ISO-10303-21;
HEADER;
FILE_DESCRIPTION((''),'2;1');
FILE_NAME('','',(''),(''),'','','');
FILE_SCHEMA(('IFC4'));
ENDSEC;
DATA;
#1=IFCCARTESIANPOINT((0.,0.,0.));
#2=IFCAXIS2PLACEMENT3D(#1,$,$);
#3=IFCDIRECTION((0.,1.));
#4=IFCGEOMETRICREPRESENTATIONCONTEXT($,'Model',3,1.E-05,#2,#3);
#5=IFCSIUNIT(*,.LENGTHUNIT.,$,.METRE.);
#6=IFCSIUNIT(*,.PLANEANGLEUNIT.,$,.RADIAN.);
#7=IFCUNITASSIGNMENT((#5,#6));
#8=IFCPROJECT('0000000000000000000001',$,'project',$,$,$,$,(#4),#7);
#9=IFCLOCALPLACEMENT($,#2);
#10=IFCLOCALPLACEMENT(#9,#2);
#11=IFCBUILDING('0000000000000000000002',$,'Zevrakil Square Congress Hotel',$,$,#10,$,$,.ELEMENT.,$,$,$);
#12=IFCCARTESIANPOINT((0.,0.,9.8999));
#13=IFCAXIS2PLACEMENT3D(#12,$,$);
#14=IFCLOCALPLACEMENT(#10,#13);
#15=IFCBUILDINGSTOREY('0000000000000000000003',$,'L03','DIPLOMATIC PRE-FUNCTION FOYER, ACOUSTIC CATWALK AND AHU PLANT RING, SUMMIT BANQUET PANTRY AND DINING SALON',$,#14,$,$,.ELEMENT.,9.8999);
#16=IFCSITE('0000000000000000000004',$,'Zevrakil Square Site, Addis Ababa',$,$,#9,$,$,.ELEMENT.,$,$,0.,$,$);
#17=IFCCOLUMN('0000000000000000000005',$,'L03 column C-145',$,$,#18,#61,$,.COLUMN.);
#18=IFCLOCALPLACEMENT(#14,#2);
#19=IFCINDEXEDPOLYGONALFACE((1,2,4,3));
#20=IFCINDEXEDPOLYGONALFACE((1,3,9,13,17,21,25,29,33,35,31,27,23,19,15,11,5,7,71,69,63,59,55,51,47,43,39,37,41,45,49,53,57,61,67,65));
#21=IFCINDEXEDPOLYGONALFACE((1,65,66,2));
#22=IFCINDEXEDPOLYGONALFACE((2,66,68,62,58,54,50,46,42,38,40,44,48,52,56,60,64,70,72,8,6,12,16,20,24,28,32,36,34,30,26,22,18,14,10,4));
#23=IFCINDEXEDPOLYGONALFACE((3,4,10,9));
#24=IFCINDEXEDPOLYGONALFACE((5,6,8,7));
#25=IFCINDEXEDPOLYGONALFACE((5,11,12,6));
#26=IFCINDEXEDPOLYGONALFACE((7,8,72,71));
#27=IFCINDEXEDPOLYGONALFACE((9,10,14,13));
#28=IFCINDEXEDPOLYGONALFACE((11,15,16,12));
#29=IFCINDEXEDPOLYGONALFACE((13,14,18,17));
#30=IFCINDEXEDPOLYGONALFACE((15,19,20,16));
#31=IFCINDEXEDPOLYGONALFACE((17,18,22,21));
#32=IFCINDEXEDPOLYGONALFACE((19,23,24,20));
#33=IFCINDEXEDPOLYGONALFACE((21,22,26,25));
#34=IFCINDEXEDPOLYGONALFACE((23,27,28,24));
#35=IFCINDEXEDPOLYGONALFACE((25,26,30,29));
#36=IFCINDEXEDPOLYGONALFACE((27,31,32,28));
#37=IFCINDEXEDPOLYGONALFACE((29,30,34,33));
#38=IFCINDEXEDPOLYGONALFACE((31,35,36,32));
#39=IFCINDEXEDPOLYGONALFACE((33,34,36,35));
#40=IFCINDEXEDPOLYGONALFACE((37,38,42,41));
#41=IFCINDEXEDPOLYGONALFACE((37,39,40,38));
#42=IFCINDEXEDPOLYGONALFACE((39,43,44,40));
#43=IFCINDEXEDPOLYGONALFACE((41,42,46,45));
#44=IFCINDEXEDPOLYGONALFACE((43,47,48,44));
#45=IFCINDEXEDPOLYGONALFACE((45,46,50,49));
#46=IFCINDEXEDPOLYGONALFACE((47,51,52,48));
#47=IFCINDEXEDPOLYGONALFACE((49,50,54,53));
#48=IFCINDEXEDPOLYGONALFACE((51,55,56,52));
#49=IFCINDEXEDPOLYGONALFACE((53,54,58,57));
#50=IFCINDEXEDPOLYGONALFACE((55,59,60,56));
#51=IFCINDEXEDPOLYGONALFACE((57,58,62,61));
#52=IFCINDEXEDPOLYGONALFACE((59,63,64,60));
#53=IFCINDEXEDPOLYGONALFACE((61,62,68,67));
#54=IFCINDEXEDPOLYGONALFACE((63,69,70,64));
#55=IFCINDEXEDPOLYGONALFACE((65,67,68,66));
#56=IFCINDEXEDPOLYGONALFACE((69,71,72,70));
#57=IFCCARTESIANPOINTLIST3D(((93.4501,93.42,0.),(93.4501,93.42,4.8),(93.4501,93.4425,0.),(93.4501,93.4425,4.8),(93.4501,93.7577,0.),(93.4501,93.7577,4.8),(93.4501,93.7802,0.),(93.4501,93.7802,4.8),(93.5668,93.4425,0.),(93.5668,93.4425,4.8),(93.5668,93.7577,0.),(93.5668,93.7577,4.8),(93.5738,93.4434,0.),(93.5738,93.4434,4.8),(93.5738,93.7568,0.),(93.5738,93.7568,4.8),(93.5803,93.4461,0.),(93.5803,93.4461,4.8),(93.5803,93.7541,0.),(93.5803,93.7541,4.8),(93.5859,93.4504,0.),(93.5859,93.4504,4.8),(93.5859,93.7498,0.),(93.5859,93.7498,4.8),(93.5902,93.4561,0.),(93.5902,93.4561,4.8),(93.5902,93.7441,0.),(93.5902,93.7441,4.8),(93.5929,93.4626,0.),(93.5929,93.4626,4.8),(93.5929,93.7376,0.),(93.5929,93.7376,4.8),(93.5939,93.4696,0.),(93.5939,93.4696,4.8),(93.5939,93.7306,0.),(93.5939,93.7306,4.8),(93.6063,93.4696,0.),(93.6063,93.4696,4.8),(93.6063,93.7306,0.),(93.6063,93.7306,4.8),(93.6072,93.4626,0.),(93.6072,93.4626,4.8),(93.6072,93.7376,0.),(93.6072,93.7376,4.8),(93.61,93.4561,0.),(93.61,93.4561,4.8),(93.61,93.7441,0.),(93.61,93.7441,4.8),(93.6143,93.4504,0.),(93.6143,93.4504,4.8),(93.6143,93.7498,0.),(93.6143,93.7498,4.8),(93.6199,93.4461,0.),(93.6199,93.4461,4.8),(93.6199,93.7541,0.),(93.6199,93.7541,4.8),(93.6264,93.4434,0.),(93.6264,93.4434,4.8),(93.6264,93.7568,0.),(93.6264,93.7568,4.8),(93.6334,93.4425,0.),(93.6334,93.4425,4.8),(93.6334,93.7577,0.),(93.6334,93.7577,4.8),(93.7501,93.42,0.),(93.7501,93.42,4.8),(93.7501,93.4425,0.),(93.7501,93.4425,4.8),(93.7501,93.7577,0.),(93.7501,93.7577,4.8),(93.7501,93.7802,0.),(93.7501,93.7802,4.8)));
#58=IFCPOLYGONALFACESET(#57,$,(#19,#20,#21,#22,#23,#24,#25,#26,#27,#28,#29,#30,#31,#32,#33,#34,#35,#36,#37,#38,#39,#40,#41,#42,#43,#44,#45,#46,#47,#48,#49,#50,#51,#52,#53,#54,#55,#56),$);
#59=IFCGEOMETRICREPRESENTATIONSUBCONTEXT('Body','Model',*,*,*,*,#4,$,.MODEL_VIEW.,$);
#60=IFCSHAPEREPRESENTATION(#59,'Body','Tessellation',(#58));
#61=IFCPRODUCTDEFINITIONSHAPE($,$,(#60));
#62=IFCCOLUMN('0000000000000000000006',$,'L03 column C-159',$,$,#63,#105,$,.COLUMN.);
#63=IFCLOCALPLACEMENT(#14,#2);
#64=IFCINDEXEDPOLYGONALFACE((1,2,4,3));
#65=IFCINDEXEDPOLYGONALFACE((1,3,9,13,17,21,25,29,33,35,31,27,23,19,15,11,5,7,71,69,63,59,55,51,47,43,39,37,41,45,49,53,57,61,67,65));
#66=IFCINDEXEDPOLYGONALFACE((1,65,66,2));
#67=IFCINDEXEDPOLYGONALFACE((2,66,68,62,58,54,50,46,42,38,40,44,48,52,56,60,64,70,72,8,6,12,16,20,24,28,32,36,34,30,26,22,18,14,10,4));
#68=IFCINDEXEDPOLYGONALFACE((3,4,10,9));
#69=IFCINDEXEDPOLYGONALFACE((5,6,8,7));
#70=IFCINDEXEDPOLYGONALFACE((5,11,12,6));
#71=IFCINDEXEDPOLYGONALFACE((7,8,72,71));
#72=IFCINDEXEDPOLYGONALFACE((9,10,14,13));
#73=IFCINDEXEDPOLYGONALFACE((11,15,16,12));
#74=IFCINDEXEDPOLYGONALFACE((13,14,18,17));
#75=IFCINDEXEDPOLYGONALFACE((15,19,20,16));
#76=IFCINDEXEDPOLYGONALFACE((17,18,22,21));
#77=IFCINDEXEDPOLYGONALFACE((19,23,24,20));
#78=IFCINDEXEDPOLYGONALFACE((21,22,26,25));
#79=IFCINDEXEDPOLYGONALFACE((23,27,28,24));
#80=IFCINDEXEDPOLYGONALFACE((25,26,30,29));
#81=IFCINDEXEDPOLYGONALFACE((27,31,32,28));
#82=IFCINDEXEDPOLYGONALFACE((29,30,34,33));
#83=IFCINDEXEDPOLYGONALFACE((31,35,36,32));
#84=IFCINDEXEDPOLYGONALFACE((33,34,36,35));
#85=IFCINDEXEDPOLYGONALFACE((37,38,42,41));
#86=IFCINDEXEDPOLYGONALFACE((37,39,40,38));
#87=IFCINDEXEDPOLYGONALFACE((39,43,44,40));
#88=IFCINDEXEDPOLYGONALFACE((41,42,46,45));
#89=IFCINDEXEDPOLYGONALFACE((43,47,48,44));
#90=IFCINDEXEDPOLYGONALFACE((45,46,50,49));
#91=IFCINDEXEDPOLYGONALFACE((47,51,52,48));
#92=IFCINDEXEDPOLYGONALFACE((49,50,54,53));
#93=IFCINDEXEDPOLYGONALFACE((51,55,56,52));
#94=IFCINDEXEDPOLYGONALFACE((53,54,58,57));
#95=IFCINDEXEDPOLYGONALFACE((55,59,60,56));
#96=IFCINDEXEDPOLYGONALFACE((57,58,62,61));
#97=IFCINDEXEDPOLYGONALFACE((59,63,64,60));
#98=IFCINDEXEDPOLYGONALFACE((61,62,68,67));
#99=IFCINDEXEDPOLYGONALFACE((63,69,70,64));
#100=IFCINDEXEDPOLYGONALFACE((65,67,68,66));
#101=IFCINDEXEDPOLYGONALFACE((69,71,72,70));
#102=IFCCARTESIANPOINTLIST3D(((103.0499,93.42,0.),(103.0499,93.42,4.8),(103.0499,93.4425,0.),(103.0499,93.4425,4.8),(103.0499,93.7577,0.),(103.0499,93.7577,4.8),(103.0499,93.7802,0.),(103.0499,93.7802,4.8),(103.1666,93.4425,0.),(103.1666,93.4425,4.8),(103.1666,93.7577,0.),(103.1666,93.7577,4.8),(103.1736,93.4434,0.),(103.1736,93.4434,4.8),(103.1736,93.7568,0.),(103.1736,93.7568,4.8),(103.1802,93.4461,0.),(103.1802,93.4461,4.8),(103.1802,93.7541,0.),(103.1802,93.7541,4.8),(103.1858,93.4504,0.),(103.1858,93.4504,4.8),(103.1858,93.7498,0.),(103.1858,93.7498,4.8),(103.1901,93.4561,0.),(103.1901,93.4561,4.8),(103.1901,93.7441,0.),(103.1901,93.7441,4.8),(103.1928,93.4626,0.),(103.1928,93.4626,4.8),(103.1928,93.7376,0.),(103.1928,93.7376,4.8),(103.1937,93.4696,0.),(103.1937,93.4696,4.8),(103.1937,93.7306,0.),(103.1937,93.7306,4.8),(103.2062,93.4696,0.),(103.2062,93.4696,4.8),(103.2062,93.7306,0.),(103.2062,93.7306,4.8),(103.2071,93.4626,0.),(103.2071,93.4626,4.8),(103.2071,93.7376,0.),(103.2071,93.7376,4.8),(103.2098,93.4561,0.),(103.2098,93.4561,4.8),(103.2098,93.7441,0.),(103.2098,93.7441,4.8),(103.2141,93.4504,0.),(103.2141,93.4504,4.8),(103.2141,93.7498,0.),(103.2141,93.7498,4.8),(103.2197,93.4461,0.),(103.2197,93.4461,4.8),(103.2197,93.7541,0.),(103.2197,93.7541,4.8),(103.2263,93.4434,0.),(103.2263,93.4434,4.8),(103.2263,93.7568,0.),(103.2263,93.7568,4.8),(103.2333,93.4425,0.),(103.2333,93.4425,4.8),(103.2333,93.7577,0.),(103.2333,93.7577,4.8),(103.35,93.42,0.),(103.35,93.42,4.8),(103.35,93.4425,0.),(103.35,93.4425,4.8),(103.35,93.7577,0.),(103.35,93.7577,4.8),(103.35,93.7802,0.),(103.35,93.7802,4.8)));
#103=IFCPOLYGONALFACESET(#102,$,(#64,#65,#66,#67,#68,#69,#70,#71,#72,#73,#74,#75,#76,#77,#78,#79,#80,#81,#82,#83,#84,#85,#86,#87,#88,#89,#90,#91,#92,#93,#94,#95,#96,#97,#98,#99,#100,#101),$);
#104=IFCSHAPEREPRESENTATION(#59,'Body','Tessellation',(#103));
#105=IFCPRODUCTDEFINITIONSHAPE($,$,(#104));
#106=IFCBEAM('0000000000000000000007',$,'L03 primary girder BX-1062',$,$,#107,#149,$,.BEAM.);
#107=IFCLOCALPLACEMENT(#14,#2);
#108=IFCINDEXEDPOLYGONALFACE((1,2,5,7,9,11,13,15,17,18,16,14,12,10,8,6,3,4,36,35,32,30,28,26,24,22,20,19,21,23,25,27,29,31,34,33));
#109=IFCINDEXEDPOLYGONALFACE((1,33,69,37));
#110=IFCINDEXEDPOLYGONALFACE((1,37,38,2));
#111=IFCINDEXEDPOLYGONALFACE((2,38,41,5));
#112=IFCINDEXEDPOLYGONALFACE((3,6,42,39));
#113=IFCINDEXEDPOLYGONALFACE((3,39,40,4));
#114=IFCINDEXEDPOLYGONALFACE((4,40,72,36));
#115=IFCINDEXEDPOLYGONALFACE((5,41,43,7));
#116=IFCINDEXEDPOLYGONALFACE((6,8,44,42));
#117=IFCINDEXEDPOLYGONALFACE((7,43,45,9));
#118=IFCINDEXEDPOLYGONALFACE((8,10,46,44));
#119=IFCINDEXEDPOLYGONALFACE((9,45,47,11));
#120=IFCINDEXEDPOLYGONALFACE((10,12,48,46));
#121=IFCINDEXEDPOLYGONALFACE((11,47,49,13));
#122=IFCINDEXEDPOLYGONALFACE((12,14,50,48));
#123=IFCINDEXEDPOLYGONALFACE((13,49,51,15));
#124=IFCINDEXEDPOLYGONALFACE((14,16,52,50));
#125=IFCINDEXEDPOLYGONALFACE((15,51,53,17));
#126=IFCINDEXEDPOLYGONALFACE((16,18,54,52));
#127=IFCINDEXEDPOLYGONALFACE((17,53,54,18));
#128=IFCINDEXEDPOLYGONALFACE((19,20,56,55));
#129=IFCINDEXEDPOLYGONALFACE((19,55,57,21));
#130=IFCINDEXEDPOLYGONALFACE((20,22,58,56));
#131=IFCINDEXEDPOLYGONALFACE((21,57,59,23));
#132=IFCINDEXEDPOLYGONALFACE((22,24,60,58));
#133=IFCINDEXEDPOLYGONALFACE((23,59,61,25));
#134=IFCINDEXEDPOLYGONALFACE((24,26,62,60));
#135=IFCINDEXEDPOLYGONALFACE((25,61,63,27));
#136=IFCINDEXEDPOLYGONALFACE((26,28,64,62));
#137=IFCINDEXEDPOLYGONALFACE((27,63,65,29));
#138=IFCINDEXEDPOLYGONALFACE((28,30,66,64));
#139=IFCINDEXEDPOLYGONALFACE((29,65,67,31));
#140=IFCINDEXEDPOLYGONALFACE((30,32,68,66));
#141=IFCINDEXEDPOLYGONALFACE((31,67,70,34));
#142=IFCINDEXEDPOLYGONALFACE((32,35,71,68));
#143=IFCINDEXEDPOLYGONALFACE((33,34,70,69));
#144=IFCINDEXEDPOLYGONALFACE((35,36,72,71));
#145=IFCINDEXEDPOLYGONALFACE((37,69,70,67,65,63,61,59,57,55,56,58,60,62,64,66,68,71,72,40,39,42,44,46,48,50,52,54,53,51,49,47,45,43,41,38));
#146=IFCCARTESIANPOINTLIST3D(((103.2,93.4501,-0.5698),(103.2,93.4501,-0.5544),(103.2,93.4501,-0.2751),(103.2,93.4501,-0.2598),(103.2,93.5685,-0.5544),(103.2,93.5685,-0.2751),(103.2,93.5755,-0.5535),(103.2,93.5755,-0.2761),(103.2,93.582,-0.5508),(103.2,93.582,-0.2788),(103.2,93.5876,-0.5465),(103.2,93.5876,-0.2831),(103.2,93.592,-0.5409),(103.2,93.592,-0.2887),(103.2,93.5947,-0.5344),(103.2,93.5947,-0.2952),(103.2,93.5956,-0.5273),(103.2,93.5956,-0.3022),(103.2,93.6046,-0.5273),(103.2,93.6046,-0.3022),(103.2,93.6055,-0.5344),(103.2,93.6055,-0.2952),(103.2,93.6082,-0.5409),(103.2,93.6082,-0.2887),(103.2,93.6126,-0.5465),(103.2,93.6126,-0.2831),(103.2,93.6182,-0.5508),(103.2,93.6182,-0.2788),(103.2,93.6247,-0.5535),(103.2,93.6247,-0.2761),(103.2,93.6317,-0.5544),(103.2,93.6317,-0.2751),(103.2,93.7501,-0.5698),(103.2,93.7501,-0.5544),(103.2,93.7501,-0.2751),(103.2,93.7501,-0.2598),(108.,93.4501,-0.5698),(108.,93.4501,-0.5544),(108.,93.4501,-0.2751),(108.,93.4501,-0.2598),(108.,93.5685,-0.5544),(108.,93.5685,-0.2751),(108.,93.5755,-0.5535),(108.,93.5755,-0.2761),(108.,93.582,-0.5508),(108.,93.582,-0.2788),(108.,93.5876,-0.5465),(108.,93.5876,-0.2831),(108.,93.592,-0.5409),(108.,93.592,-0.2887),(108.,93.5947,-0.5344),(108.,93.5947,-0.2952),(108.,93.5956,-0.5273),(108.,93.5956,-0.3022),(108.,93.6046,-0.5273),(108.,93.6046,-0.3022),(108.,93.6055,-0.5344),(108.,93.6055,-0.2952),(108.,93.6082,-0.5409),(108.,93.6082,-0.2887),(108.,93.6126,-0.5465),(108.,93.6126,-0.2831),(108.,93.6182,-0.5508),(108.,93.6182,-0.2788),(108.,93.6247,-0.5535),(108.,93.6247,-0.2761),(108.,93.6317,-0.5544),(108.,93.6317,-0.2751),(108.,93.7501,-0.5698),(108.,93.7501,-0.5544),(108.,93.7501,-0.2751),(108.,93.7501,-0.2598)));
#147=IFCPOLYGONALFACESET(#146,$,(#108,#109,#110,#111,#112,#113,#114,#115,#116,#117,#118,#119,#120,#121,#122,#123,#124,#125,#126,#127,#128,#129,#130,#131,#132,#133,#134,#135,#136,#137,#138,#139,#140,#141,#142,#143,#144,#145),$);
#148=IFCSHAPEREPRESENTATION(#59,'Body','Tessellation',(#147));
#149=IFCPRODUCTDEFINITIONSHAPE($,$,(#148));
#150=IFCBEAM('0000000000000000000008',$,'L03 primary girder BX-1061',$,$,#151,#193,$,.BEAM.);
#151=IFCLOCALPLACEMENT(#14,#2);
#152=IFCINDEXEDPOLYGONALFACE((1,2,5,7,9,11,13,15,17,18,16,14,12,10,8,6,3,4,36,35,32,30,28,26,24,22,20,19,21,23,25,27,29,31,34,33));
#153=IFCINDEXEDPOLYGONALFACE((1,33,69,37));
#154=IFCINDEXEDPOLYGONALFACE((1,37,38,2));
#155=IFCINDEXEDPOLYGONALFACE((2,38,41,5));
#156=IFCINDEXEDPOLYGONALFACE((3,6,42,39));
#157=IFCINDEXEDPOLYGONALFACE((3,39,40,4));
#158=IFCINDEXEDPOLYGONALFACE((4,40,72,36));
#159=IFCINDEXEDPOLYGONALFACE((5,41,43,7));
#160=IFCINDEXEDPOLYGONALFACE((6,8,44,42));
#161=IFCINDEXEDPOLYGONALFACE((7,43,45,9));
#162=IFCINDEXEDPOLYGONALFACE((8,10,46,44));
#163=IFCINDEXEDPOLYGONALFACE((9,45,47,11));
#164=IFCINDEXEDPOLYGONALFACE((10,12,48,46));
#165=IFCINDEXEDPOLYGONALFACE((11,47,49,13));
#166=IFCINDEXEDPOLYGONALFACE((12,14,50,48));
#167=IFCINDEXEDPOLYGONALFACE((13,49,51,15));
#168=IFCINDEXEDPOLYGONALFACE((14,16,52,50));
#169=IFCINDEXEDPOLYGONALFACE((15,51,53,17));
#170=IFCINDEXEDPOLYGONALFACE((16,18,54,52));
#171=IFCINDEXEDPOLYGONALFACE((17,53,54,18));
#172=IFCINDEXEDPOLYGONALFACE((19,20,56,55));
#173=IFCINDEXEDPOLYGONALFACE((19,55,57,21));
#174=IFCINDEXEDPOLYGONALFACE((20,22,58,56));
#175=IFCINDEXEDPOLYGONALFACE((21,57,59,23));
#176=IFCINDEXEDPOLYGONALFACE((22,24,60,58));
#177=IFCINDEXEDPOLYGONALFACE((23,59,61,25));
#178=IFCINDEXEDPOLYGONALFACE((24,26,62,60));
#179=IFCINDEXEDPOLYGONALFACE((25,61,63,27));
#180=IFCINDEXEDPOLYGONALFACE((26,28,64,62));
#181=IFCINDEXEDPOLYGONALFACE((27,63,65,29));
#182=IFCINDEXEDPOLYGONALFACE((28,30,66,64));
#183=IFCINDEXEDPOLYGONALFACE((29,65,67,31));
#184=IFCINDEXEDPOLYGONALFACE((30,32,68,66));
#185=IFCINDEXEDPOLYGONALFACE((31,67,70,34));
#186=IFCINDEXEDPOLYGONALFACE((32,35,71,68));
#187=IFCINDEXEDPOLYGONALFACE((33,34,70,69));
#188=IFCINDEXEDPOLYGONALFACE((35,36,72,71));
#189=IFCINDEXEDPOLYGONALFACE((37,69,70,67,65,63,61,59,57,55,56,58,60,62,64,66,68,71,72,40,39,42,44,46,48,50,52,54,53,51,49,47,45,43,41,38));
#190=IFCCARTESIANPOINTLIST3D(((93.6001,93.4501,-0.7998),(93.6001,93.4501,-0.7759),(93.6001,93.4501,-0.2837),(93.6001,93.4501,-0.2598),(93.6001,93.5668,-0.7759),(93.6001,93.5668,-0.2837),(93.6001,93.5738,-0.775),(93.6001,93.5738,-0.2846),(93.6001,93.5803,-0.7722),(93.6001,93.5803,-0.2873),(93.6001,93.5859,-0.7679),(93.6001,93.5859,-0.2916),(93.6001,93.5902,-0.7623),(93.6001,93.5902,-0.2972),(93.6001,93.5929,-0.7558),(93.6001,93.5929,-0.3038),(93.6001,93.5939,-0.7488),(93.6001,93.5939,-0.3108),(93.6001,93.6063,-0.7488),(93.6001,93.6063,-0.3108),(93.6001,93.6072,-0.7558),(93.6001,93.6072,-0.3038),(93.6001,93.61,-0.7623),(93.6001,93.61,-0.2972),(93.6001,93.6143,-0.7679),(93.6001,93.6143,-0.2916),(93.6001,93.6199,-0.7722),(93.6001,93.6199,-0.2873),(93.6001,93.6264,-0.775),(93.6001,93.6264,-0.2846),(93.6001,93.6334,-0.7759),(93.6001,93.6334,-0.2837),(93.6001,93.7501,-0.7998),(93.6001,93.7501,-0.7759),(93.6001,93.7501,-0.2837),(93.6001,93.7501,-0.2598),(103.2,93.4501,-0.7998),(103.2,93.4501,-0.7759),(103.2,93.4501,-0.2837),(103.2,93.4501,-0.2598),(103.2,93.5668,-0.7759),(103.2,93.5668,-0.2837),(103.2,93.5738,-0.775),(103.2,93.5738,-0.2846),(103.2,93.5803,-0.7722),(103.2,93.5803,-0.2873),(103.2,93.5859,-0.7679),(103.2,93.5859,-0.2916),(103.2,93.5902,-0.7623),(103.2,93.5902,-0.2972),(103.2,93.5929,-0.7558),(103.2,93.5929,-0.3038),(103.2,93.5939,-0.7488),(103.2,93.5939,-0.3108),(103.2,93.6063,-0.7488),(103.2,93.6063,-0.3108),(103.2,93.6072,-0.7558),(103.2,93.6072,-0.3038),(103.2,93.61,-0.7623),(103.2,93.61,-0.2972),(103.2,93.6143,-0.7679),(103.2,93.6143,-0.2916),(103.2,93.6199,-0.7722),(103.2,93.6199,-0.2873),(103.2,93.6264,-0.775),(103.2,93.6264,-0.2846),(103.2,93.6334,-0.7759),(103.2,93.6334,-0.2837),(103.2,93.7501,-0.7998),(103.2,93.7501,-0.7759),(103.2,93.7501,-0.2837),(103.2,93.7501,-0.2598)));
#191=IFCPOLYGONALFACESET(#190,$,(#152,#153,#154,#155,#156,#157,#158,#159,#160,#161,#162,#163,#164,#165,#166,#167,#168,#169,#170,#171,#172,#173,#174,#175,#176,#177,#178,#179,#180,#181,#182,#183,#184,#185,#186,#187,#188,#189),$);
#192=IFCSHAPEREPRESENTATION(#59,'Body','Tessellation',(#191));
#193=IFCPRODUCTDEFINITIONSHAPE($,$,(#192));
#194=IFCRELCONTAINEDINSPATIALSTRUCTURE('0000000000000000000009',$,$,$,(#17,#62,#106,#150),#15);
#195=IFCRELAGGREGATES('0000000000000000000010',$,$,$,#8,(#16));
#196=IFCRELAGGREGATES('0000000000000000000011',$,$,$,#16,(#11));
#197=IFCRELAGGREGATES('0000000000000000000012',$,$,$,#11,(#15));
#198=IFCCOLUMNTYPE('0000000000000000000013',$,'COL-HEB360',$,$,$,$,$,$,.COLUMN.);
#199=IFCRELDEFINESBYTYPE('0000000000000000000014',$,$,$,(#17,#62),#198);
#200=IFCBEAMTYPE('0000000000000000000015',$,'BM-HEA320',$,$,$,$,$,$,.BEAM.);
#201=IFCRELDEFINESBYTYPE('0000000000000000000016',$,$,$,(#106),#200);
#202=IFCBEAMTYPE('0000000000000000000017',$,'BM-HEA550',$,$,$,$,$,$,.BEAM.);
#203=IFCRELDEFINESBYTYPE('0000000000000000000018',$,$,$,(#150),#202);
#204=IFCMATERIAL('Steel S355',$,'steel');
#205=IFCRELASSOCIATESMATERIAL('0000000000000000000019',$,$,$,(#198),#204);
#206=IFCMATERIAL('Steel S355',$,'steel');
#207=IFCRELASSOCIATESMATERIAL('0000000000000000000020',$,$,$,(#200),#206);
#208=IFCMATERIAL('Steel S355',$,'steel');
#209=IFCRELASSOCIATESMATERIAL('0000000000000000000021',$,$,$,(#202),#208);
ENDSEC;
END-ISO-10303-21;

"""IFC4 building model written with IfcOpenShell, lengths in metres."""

from ifc_helpers import new_model, si_unit, direction, frame, origin, origin_2d, place, context, subcontext, project, spatial, i_section, extrude, material, material_profile, profile_set, type_object, element, save


model = new_model("IFC4")

# Units and contexts
model_context = context("Model", 3, precision=1e-05, world=origin(), true_north=direction((0.0, 1.0)))
body_context = subcontext(model_context, "Body", "Model", "MODEL_VIEW")
ifc_project = project(units=[si_unit("LENGTHUNIT", "METRE"), si_unit("PLANEANGLEUNIT", "RADIAN")], contexts=[model_context])

# Site, building, storey
site_placement = place(None, origin())
site = spatial("IfcSite", under=ifc_project, at=site_placement, Name="Zevrakil Square Site, Addis Ababa", CompositionType="ELEMENT", RefElevation=0.0)
building_placement = place(site_placement, origin())
building = spatial("IfcBuilding", under=site, at=building_placement, Name="Zevrakil Square Congress Hotel", CompositionType="ELEMENT")
storey_placement = place(building_placement, frame((0.0, 0.0, 9.8999)))
storey = spatial("IfcBuildingStorey", under=building, at=storey_placement, Name="L03", Description="DIPLOMATIC PRE-FUNCTION FOYER, ACOUSTIC CATWALK AND AHU PLANT RING, SUMMIT BANQUET PANTRY AND DINING SALON", CompositionType="ELEMENT", Elevation=9.8999)

# Columns
ifc_material_1 = material(Name="Steel S355", Category="steel")
ifc_material_profile_1 = material_profile(ifc_material_1, i_section(OverallWidth=0.3, OverallDepth=0.3601, WebThickness=0.0125, FlangeThickness=0.0225, FilletRadius=0.0271, at=origin_2d()), Name="HEB 360")
ifc_profile_set_1 = profile_set([ifc_material_profile_1], Name="Steel S355")
column_type = type_object("IfcColumnType", Name="COL-HEB360", PredefinedType="COLUMN", material=ifc_profile_set_1)
for number, where, z_axis, x_axis, name in (
    (1, (93.6001, 93.6001, 0.0), (0.0, 0.0, 1.0), (1.0, 0.0, 0.0), "L03 column C-145"),
    (2, (103.2, 93.6001, 0.0), (0.0, 0.0, 1.0), (1.0, 0.0, 0.0), "L03 column C-159"),
):
    element("IfcColumn", number, at=place(storey_placement, frame(where, z_axis=z_axis, x_axis=x_axis)), inside=storey, type_object=column_type, Name=name, PredefinedType="COLUMN", context=body_context, shape_type="SweptSolid", body=[
        extrude(i_section(OverallWidth=0.3, OverallDepth=0.3601, WebThickness=0.0125, FlangeThickness=0.0225, FilletRadius=0.0271, at=origin_2d()), origin(), (0.0, 0.0, 1.0), 4.8),
    ])

# Beams
ifc_material_2 = material(Name="Steel S355", Category="steel")
ifc_material_profile_2 = material_profile(ifc_material_2, i_section(OverallWidth=0.3, OverallDepth=0.3101, WebThickness=0.009, FlangeThickness=0.0154, FilletRadius=0.0271, at=origin_2d()), Name="HEA 320")
ifc_profile_set_2 = profile_set([ifc_material_profile_2], Name="Steel S355")
beam_type_1 = type_object("IfcBeamType", Name="BM-HEA320", PredefinedType="BEAM", material=ifc_profile_set_2)
beam_1_placement = place(storey_placement, frame((103.2, 93.6001, -0.4148), z_axis=(1.0, 0.0, 0.0), x_axis=(0.0, 1.0, 0.0)))
element("IfcBeam", 3, at=beam_1_placement, inside=storey, type_object=beam_type_1, Name="L03 primary girder BX-1062", PredefinedType="BEAM", context=body_context, shape_type="SweptSolid", body=[
    extrude(i_section(OverallWidth=0.3, OverallDepth=0.3101, WebThickness=0.009, FlangeThickness=0.0154, FilletRadius=0.0271, at=origin_2d()), origin(), (0.0, 0.0, 1.0), 4.8),
])
ifc_material_3 = material(Name="Steel S355", Category="steel")
ifc_material_profile_3 = material_profile(ifc_material_3, i_section(OverallWidth=0.3, OverallDepth=0.54, WebThickness=0.0125, FlangeThickness=0.0239, FilletRadius=0.0271, at=origin_2d()), Name="HEA 550")
ifc_profile_set_3 = profile_set([ifc_material_profile_3], Name="Steel S355")
beam_type_2 = type_object("IfcBeamType", Name="BM-HEA550", PredefinedType="BEAM", material=ifc_profile_set_3)
beam_2_placement = place(storey_placement, frame((93.6001, 93.6001, -0.5298), z_axis=(1.0, 0.0, 0.0), x_axis=(0.0, 1.0, 0.0)))
element("IfcBeam", 4, at=beam_2_placement, inside=storey, type_object=beam_type_2, Name="L03 primary girder BX-1061", PredefinedType="BEAM", context=body_context, shape_type="SweptSolid", body=[
    extrude(i_section(OverallWidth=0.3, OverallDepth=0.54, WebThickness=0.0125, FlangeThickness=0.0239, FilletRadius=0.0271, at=origin_2d()), origin(), (0.0, 0.0, 1.0), 9.5999),
])

save(model, "model.ifc")
